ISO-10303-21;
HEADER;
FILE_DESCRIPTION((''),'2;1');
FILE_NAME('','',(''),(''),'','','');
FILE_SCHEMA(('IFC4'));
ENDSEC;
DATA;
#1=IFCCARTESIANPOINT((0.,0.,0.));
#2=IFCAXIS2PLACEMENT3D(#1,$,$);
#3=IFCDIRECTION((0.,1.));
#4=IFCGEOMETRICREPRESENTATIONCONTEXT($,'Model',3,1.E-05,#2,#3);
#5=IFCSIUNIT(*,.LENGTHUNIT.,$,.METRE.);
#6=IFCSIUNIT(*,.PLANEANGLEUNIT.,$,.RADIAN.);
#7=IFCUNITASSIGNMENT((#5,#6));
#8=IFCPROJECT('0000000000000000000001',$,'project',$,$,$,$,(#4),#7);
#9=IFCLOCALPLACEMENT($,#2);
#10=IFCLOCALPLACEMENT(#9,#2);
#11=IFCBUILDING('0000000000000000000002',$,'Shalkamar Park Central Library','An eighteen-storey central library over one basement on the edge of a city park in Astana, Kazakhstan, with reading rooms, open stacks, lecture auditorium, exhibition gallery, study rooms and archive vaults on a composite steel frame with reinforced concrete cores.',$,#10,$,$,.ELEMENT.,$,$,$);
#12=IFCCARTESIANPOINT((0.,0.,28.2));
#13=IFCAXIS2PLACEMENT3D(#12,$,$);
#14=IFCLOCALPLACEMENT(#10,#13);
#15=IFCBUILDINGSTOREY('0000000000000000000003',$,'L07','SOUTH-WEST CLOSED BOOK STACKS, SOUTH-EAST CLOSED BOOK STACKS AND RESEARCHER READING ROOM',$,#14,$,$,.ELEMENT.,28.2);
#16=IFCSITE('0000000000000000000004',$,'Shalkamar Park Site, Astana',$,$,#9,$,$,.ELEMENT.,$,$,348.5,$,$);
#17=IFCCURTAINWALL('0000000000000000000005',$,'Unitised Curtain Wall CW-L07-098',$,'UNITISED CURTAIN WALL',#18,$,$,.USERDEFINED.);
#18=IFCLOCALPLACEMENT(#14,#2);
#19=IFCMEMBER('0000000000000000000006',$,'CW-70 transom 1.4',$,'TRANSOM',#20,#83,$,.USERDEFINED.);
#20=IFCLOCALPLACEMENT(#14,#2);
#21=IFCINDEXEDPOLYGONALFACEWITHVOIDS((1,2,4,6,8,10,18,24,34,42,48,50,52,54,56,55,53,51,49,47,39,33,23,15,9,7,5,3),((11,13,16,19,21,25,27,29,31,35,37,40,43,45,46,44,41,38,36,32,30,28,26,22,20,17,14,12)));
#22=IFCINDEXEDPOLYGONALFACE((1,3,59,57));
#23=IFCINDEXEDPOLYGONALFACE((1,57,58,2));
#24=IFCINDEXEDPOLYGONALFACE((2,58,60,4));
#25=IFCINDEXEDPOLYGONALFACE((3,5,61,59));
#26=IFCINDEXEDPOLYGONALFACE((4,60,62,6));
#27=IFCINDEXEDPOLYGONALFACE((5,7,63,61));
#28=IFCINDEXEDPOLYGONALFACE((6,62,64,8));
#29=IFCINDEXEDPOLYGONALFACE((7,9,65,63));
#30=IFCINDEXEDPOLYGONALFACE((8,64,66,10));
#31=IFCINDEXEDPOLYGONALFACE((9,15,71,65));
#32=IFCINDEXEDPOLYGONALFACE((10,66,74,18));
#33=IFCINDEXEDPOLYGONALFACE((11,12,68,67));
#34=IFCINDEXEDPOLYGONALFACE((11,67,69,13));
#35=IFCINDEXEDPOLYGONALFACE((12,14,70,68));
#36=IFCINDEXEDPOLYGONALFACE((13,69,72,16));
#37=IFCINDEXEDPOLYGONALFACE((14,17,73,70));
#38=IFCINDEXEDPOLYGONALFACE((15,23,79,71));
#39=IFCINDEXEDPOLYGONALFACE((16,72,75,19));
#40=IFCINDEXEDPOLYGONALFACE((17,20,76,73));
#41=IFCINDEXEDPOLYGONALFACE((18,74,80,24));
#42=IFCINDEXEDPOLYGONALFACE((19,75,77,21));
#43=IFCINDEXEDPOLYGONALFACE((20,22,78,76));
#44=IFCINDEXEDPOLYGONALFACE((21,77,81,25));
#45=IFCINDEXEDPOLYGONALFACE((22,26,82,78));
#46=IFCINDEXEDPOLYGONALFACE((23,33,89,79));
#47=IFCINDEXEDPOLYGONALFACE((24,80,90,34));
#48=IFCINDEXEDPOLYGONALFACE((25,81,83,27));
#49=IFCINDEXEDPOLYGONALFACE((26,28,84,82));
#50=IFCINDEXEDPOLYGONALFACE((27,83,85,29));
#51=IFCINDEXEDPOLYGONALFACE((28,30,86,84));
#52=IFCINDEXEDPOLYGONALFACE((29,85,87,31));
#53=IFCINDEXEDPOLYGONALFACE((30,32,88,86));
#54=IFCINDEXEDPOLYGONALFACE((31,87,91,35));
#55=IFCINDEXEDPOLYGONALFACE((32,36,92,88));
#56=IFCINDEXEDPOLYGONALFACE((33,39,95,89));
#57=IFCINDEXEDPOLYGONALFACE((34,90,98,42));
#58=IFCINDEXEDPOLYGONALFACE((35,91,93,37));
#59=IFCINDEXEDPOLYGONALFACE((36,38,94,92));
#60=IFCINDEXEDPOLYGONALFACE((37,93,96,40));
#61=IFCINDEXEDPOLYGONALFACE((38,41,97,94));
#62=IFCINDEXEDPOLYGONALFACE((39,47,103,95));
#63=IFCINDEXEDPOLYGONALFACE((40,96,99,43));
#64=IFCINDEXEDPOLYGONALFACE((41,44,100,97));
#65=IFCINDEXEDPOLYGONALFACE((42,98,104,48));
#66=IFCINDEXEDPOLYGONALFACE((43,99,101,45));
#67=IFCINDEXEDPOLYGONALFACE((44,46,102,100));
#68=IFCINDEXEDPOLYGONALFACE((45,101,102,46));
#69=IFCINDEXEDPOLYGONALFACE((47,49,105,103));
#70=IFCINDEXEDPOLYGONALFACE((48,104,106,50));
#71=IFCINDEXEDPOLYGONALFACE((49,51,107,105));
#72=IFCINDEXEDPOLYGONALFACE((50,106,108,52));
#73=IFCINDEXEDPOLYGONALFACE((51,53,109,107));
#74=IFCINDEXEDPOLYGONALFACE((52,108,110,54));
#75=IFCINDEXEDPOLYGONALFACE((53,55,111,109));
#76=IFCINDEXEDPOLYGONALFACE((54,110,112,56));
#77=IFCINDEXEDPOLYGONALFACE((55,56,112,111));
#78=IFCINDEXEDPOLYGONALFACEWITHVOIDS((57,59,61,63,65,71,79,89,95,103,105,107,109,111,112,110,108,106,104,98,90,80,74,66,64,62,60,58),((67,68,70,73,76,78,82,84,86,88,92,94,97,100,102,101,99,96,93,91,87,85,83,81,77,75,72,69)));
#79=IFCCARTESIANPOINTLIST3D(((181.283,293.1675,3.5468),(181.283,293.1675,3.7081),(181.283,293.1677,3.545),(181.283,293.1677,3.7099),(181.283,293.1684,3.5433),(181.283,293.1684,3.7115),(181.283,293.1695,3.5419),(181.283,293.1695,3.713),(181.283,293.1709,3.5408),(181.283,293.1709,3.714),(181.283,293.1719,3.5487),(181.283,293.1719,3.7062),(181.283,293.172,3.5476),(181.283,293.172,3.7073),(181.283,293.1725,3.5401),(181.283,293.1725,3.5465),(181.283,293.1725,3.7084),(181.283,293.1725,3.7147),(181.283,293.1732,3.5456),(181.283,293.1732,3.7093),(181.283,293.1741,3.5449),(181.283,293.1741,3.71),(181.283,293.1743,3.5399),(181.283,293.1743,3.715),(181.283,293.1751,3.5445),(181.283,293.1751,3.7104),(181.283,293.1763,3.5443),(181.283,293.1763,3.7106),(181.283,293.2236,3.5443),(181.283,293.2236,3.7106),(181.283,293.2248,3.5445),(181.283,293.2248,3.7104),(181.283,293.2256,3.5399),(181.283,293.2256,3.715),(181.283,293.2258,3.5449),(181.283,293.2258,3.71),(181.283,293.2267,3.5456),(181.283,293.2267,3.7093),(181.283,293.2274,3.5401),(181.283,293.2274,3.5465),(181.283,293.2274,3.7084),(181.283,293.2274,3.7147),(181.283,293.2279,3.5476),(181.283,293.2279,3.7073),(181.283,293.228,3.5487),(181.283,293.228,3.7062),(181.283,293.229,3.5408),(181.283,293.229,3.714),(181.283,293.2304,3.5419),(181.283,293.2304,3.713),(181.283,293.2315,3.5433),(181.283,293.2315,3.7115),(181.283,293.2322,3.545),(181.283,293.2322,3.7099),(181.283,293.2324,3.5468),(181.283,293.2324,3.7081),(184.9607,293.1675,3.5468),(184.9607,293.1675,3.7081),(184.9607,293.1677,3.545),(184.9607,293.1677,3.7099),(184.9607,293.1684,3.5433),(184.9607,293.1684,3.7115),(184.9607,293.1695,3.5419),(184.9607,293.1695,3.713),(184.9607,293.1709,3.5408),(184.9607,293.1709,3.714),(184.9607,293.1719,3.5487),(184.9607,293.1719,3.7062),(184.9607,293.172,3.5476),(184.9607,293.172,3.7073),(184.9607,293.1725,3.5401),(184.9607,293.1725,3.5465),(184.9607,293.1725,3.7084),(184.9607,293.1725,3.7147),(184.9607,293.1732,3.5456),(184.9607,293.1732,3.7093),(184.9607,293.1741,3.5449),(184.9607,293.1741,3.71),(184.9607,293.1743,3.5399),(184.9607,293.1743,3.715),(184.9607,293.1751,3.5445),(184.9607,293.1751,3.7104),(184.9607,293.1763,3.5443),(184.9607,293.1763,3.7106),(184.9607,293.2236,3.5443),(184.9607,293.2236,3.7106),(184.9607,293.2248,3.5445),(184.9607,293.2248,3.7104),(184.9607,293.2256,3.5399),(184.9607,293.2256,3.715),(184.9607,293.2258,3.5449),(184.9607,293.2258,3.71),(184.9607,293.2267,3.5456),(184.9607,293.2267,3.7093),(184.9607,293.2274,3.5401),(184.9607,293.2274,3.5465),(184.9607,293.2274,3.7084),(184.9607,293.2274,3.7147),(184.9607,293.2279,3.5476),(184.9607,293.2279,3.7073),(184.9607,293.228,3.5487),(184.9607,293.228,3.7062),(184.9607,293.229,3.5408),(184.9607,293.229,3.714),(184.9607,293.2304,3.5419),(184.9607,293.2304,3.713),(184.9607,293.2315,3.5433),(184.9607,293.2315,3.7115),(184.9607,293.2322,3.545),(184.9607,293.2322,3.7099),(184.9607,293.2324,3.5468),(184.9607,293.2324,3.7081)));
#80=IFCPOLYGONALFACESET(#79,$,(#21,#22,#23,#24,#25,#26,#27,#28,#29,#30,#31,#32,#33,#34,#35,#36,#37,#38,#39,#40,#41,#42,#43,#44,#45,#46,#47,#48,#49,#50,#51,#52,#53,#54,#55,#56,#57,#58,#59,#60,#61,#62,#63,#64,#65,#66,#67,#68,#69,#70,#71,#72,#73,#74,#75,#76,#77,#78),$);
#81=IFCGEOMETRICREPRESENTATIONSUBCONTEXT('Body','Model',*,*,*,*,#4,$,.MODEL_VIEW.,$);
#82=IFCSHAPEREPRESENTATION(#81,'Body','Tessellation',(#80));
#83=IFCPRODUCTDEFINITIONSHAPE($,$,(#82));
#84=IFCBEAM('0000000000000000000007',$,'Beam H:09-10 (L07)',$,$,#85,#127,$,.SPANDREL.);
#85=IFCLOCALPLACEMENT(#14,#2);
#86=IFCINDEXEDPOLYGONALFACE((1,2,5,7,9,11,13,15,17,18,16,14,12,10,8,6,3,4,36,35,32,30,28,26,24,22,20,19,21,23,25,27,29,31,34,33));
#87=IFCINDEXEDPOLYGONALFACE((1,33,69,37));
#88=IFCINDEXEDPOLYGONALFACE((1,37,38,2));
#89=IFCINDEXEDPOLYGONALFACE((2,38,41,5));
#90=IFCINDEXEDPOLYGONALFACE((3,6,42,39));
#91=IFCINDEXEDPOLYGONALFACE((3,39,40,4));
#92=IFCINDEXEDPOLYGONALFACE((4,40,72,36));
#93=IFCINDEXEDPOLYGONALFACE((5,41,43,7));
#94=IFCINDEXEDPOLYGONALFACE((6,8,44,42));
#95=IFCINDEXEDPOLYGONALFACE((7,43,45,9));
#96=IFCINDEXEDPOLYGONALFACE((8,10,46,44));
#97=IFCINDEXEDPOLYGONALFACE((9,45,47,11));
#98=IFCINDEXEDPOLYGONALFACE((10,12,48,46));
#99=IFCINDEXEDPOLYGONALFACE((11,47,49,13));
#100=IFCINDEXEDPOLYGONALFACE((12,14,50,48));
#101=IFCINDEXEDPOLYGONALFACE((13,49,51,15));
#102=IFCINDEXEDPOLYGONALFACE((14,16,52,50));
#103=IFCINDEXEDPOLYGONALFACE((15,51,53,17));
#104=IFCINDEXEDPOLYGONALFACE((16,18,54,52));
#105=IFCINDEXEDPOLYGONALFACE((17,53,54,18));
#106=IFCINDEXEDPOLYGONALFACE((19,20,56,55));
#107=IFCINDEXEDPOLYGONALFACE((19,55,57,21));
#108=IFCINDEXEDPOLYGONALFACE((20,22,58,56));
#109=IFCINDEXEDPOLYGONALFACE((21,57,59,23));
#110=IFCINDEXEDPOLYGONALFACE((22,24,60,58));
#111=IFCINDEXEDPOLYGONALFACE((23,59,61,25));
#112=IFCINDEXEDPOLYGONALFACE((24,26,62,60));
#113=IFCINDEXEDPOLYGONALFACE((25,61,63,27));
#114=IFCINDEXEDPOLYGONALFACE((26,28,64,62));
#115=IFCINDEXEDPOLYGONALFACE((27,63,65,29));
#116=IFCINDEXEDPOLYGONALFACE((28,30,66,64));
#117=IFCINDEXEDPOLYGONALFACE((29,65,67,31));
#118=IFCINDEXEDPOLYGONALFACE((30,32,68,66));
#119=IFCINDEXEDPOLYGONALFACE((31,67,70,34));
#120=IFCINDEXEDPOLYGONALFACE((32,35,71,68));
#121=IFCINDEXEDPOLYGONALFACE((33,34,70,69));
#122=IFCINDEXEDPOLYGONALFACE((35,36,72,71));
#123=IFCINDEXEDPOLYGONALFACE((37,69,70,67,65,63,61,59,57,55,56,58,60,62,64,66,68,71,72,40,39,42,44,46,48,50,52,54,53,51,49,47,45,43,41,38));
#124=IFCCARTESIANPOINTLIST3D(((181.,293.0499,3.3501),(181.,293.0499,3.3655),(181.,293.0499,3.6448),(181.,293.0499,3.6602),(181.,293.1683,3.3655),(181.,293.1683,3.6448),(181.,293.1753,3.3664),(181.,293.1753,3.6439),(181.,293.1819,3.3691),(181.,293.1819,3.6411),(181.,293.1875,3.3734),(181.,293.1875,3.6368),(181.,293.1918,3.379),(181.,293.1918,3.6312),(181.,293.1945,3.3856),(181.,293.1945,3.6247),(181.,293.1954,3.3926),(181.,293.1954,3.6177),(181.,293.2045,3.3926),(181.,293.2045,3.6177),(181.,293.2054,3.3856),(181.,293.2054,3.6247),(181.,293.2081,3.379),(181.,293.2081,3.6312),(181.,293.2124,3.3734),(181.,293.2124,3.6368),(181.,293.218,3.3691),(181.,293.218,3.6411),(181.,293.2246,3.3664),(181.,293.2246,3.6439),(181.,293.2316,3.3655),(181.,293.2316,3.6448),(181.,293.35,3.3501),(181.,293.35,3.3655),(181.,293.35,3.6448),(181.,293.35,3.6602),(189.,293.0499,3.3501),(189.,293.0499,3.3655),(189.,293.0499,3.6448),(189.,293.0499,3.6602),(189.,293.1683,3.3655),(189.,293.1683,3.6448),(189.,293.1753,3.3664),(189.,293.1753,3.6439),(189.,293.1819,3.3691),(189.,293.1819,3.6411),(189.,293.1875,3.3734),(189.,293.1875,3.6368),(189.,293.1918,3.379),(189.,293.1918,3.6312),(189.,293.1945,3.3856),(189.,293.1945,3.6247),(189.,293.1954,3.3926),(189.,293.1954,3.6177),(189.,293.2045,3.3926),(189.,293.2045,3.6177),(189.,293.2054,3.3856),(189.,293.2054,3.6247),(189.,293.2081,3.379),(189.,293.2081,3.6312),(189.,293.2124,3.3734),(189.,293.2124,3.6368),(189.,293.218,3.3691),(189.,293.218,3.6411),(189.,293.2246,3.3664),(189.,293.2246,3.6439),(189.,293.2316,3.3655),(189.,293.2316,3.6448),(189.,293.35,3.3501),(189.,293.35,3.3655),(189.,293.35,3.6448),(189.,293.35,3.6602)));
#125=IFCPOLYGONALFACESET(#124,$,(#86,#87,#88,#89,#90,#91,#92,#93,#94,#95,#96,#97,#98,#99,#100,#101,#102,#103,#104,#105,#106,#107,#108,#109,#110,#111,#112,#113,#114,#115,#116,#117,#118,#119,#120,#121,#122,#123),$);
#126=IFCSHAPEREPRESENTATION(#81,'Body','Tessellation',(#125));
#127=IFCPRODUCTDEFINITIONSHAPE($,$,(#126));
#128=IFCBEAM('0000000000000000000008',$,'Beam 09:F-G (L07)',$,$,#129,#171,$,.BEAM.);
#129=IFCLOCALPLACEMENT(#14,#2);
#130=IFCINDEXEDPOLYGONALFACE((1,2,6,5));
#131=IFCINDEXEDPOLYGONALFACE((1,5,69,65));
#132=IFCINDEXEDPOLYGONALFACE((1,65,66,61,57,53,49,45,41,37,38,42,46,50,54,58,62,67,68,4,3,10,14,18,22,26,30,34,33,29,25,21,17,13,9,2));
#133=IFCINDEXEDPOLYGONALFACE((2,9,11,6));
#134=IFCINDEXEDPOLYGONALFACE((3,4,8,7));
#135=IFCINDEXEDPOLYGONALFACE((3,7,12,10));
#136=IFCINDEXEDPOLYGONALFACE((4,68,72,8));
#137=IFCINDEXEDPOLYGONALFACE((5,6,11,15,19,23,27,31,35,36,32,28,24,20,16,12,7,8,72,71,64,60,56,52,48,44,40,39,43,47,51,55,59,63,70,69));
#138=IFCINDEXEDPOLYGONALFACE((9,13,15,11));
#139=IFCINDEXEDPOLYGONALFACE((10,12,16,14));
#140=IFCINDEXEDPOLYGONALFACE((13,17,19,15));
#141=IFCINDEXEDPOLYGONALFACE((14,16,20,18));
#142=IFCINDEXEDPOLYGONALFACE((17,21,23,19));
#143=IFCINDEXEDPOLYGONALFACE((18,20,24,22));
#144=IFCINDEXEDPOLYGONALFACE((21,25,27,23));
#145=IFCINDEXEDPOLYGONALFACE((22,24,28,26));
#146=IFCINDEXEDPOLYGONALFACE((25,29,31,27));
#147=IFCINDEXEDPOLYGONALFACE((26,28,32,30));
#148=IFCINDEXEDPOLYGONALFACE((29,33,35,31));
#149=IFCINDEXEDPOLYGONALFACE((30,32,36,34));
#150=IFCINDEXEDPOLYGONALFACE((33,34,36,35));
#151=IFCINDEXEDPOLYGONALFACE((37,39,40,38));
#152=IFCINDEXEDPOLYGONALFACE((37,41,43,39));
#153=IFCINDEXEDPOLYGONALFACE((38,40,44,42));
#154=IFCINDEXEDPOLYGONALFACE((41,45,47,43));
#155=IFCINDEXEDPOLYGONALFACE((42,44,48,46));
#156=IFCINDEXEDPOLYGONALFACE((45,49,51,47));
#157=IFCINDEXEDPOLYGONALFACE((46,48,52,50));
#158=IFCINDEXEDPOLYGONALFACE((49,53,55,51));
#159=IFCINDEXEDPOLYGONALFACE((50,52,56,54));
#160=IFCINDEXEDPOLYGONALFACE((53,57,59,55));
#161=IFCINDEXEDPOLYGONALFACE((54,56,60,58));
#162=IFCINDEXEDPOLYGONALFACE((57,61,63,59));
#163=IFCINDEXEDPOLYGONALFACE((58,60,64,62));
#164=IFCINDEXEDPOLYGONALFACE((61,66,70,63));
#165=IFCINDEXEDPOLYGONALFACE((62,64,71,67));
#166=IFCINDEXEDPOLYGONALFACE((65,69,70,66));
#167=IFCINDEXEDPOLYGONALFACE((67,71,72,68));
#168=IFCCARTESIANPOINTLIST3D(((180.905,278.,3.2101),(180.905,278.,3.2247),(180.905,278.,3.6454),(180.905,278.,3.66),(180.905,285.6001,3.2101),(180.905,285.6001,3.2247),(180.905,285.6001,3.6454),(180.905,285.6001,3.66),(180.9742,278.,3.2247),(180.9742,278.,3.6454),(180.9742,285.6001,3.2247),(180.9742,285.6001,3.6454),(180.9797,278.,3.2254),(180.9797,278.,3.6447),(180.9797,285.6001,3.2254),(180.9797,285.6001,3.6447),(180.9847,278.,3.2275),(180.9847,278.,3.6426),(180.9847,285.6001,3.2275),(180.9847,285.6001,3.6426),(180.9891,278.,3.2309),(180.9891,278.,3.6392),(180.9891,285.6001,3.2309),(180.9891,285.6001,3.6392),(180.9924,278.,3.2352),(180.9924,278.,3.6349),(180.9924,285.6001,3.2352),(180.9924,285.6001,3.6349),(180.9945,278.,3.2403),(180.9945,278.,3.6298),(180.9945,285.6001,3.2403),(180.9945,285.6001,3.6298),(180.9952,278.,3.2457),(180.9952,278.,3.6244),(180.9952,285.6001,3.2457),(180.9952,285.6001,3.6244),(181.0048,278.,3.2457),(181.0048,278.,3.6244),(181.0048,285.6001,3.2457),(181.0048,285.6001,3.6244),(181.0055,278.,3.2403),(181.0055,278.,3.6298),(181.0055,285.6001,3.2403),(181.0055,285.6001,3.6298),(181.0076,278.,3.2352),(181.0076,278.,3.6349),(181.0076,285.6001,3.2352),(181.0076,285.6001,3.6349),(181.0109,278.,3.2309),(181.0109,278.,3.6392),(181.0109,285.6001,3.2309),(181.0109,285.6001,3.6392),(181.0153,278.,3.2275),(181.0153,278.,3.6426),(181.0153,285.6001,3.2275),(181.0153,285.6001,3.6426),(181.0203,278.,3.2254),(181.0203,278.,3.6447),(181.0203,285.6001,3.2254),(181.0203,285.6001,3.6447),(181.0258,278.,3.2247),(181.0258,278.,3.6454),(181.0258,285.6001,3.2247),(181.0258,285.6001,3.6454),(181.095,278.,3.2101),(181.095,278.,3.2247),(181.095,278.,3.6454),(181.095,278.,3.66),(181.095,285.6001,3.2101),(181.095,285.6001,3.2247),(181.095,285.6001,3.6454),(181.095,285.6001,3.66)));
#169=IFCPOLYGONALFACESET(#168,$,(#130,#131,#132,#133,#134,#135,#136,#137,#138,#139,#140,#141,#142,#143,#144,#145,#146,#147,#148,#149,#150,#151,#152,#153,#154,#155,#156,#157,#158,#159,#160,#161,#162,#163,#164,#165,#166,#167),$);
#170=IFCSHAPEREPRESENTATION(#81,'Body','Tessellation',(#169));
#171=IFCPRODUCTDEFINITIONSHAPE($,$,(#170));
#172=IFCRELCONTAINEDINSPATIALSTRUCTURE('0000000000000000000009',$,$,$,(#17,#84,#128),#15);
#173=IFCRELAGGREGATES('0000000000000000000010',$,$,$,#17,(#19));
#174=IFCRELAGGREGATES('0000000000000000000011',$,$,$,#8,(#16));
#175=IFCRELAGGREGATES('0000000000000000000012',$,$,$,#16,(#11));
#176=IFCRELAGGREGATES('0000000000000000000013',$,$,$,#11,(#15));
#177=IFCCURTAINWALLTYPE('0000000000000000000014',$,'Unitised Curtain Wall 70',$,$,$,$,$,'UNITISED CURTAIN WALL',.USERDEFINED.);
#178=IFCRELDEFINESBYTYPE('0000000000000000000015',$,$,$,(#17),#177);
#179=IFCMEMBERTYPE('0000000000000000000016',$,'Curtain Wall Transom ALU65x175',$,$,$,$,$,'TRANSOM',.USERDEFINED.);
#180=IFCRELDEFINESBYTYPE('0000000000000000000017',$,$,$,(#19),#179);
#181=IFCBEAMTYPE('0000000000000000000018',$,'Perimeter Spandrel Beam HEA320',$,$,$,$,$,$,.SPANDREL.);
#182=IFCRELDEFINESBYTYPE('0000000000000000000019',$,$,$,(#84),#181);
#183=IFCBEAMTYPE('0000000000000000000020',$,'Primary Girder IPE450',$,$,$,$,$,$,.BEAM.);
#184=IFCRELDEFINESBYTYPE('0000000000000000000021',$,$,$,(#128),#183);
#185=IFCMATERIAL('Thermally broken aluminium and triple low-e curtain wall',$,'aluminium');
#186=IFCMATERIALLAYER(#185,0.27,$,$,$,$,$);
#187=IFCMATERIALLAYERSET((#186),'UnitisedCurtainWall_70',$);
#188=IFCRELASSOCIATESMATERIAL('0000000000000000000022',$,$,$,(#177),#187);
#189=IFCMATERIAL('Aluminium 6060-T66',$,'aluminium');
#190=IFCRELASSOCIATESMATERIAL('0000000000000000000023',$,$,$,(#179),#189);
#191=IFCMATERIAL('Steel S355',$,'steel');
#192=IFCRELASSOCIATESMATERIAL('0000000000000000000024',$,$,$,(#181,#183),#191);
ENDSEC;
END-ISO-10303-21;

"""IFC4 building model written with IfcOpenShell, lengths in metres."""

from ifc_helpers import new_model, si_unit, direction, frame, origin, origin_2d, place, context, subcontext, project, spatial, hollow_rectangle, i_section, extrude, material, layer, layer_set, material_profile, profile_set, type_object, element, aggregate, save


model = new_model("IFC4")

# Units and contexts
model_context = context("Model", 3, precision=1e-05, world=origin(), true_north=direction((0.0, 1.0)))
body_context = subcontext(model_context, "Body", "Model", "MODEL_VIEW")
ifc_project = project(units=[si_unit("LENGTHUNIT", "METRE"), si_unit("PLANEANGLEUNIT", "RADIAN")], contexts=[model_context])

# Site, building, storey
site_placement = place(None, origin())
site = spatial("IfcSite", under=ifc_project, at=site_placement, Name="Shalkamar Park Site, Astana", CompositionType="ELEMENT", RefElevation=348.5)
building_placement = place(site_placement, origin())
building = spatial("IfcBuilding", under=site, at=building_placement, Name="Shalkamar Park Central Library", Description="An eighteen-storey central library over one basement on the edge of a city park in Astana, Kazakhstan, with reading rooms, open stacks, lecture auditorium, exhibition gallery, study rooms and archive vaults on a composite steel frame with reinforced concrete cores.", CompositionType="ELEMENT")
storey_placement = place(building_placement, frame((0.0, 0.0, 28.2)))
storey = spatial("IfcBuildingStorey", under=building, at=storey_placement, Name="L07", Description="SOUTH-WEST CLOSED BOOK STACKS, SOUTH-EAST CLOSED BOOK STACKS AND RESEARCHER READING ROOM", CompositionType="ELEMENT", Elevation=28.2)

# Shared definitions
ifc_material_1 = material(Name="Steel S355", Category="steel")

# Shared definitions
ifc_material_2 = material(Name="Thermally broken aluminium and triple low-e curtain wall", Category="aluminium")
ifc_material_3 = material(Name="Aluminium 6060-T66", Category="aluminium")

# Curtain wall
ifc_layer_1 = layer(ifc_material_2, 0.27)
ifc_layer_set_1 = layer_set([ifc_layer_1], Name="UnitisedCurtainWall_70")
curtain_wall_type_1 = type_object("IfcCurtainWallType", Name="Unitised Curtain Wall 70", ElementType="UNITISED CURTAIN WALL", PredefinedType="USERDEFINED", material=ifc_layer_set_1)
curtain_wall_1_placement = place(storey_placement, origin())
curtain_wall_1 = element("IfcCurtainWall", 1, at=curtain_wall_1_placement, inside=storey, type_object=curtain_wall_type_1, Name="Unitised Curtain Wall CW-L07-098", ObjectType="UNITISED CURTAIN WALL", PredefinedType="USERDEFINED")

# Member
ifc_material_profile_1 = material_profile(ifc_material_3, hollow_rectangle(XDim=0.0649, YDim=0.175, WallThickness=0.0044, InnerFilletRadius=0.0044, OuterFilletRadius=0.0068, at=origin_2d()), Name="ALU 65x175x4.5")
ifc_profile_set_1 = profile_set([ifc_material_profile_1], Name="Aluminium 6060-T66")
member_type_1 = type_object("IfcMemberType", Name="Curtain Wall Transom ALU65x175", ElementType="TRANSOM", PredefinedType="USERDEFINED", material=ifc_profile_set_1)
member_1_placement = place(storey_placement, frame((181.283, 293.2, 3.6274), z_axis=(1.0, 0.0, 0.0), x_axis=(0.0, 1.0, 0.0)))
member_1 = element("IfcMember", 2, at=member_1_placement, type_object=member_type_1, Name="CW-70 transom 1.4", ObjectType="TRANSOM", PredefinedType="USERDEFINED", context=body_context, shape_type="SweptSolid", body=[
    extrude(hollow_rectangle(XDim=0.0649, YDim=0.175, WallThickness=0.0044, InnerFilletRadius=0.0044, OuterFilletRadius=0.0068, at=origin_2d()), origin(), (0.0, 0.0, 1.0), 3.6777),
])

# Beams
ifc_material_profile_2 = material_profile(ifc_material_1, i_section(OverallWidth=0.3, OverallDepth=0.3101, WebThickness=0.009, FlangeThickness=0.0154, FilletRadius=0.0271, at=origin_2d()), Name="HEA 320")
ifc_profile_set_2 = profile_set([ifc_material_profile_2], Name="Steel S355")
beam_type_1 = type_object("IfcBeamType", Name="Perimeter Spandrel Beam HEA320", PredefinedType="SPANDREL", material=ifc_profile_set_2)
beam_1_placement = place(storey_placement, frame((181.0, 293.2, 3.5051), z_axis=(1.0, 0.0, 0.0), x_axis=(0.0, 1.0, 0.0)))
element("IfcBeam", 3, at=beam_1_placement, inside=storey, type_object=beam_type_1, Name="Beam H:09-10 (L07)", PredefinedType="SPANDREL", context=body_context, shape_type="SweptSolid", body=[
    extrude(i_section(OverallWidth=0.3, OverallDepth=0.3101, WebThickness=0.009, FlangeThickness=0.0154, FilletRadius=0.0271, at=origin_2d()), origin(), (0.0, 0.0, 1.0), 8.0),
])
ifc_material_profile_3 = material_profile(ifc_material_1, i_section(OverallWidth=0.1899, OverallDepth=0.45, WebThickness=0.0095, FlangeThickness=0.0146, FilletRadius=0.021, at=origin_2d()), Name="IPE 450")
ifc_profile_set_3 = profile_set([ifc_material_profile_3], Name="Steel S355")
beam_type_2 = type_object("IfcBeamType", Name="Primary Girder IPE450", PredefinedType="BEAM", material=ifc_profile_set_3)
beam_2_placement = place(storey_placement, frame((181.0, 278.0, 3.4351), z_axis=(0.0, 1.0, 0.0), x_axis=(-1.0, 0.0, 0.0)))
element("IfcBeam", 4, at=beam_2_placement, inside=storey, type_object=beam_type_2, Name="Beam 09:F-G (L07)", PredefinedType="BEAM", context=body_context, shape_type="SweptSolid", body=[
    extrude(i_section(OverallWidth=0.1899, OverallDepth=0.45, WebThickness=0.0095, FlangeThickness=0.0146, FilletRadius=0.021, at=origin_2d()), origin(), (0.0, 0.0, 1.0), 7.6001),
])

aggregate(curtain_wall_1, [member_1])

save(model, "model.ifc")
